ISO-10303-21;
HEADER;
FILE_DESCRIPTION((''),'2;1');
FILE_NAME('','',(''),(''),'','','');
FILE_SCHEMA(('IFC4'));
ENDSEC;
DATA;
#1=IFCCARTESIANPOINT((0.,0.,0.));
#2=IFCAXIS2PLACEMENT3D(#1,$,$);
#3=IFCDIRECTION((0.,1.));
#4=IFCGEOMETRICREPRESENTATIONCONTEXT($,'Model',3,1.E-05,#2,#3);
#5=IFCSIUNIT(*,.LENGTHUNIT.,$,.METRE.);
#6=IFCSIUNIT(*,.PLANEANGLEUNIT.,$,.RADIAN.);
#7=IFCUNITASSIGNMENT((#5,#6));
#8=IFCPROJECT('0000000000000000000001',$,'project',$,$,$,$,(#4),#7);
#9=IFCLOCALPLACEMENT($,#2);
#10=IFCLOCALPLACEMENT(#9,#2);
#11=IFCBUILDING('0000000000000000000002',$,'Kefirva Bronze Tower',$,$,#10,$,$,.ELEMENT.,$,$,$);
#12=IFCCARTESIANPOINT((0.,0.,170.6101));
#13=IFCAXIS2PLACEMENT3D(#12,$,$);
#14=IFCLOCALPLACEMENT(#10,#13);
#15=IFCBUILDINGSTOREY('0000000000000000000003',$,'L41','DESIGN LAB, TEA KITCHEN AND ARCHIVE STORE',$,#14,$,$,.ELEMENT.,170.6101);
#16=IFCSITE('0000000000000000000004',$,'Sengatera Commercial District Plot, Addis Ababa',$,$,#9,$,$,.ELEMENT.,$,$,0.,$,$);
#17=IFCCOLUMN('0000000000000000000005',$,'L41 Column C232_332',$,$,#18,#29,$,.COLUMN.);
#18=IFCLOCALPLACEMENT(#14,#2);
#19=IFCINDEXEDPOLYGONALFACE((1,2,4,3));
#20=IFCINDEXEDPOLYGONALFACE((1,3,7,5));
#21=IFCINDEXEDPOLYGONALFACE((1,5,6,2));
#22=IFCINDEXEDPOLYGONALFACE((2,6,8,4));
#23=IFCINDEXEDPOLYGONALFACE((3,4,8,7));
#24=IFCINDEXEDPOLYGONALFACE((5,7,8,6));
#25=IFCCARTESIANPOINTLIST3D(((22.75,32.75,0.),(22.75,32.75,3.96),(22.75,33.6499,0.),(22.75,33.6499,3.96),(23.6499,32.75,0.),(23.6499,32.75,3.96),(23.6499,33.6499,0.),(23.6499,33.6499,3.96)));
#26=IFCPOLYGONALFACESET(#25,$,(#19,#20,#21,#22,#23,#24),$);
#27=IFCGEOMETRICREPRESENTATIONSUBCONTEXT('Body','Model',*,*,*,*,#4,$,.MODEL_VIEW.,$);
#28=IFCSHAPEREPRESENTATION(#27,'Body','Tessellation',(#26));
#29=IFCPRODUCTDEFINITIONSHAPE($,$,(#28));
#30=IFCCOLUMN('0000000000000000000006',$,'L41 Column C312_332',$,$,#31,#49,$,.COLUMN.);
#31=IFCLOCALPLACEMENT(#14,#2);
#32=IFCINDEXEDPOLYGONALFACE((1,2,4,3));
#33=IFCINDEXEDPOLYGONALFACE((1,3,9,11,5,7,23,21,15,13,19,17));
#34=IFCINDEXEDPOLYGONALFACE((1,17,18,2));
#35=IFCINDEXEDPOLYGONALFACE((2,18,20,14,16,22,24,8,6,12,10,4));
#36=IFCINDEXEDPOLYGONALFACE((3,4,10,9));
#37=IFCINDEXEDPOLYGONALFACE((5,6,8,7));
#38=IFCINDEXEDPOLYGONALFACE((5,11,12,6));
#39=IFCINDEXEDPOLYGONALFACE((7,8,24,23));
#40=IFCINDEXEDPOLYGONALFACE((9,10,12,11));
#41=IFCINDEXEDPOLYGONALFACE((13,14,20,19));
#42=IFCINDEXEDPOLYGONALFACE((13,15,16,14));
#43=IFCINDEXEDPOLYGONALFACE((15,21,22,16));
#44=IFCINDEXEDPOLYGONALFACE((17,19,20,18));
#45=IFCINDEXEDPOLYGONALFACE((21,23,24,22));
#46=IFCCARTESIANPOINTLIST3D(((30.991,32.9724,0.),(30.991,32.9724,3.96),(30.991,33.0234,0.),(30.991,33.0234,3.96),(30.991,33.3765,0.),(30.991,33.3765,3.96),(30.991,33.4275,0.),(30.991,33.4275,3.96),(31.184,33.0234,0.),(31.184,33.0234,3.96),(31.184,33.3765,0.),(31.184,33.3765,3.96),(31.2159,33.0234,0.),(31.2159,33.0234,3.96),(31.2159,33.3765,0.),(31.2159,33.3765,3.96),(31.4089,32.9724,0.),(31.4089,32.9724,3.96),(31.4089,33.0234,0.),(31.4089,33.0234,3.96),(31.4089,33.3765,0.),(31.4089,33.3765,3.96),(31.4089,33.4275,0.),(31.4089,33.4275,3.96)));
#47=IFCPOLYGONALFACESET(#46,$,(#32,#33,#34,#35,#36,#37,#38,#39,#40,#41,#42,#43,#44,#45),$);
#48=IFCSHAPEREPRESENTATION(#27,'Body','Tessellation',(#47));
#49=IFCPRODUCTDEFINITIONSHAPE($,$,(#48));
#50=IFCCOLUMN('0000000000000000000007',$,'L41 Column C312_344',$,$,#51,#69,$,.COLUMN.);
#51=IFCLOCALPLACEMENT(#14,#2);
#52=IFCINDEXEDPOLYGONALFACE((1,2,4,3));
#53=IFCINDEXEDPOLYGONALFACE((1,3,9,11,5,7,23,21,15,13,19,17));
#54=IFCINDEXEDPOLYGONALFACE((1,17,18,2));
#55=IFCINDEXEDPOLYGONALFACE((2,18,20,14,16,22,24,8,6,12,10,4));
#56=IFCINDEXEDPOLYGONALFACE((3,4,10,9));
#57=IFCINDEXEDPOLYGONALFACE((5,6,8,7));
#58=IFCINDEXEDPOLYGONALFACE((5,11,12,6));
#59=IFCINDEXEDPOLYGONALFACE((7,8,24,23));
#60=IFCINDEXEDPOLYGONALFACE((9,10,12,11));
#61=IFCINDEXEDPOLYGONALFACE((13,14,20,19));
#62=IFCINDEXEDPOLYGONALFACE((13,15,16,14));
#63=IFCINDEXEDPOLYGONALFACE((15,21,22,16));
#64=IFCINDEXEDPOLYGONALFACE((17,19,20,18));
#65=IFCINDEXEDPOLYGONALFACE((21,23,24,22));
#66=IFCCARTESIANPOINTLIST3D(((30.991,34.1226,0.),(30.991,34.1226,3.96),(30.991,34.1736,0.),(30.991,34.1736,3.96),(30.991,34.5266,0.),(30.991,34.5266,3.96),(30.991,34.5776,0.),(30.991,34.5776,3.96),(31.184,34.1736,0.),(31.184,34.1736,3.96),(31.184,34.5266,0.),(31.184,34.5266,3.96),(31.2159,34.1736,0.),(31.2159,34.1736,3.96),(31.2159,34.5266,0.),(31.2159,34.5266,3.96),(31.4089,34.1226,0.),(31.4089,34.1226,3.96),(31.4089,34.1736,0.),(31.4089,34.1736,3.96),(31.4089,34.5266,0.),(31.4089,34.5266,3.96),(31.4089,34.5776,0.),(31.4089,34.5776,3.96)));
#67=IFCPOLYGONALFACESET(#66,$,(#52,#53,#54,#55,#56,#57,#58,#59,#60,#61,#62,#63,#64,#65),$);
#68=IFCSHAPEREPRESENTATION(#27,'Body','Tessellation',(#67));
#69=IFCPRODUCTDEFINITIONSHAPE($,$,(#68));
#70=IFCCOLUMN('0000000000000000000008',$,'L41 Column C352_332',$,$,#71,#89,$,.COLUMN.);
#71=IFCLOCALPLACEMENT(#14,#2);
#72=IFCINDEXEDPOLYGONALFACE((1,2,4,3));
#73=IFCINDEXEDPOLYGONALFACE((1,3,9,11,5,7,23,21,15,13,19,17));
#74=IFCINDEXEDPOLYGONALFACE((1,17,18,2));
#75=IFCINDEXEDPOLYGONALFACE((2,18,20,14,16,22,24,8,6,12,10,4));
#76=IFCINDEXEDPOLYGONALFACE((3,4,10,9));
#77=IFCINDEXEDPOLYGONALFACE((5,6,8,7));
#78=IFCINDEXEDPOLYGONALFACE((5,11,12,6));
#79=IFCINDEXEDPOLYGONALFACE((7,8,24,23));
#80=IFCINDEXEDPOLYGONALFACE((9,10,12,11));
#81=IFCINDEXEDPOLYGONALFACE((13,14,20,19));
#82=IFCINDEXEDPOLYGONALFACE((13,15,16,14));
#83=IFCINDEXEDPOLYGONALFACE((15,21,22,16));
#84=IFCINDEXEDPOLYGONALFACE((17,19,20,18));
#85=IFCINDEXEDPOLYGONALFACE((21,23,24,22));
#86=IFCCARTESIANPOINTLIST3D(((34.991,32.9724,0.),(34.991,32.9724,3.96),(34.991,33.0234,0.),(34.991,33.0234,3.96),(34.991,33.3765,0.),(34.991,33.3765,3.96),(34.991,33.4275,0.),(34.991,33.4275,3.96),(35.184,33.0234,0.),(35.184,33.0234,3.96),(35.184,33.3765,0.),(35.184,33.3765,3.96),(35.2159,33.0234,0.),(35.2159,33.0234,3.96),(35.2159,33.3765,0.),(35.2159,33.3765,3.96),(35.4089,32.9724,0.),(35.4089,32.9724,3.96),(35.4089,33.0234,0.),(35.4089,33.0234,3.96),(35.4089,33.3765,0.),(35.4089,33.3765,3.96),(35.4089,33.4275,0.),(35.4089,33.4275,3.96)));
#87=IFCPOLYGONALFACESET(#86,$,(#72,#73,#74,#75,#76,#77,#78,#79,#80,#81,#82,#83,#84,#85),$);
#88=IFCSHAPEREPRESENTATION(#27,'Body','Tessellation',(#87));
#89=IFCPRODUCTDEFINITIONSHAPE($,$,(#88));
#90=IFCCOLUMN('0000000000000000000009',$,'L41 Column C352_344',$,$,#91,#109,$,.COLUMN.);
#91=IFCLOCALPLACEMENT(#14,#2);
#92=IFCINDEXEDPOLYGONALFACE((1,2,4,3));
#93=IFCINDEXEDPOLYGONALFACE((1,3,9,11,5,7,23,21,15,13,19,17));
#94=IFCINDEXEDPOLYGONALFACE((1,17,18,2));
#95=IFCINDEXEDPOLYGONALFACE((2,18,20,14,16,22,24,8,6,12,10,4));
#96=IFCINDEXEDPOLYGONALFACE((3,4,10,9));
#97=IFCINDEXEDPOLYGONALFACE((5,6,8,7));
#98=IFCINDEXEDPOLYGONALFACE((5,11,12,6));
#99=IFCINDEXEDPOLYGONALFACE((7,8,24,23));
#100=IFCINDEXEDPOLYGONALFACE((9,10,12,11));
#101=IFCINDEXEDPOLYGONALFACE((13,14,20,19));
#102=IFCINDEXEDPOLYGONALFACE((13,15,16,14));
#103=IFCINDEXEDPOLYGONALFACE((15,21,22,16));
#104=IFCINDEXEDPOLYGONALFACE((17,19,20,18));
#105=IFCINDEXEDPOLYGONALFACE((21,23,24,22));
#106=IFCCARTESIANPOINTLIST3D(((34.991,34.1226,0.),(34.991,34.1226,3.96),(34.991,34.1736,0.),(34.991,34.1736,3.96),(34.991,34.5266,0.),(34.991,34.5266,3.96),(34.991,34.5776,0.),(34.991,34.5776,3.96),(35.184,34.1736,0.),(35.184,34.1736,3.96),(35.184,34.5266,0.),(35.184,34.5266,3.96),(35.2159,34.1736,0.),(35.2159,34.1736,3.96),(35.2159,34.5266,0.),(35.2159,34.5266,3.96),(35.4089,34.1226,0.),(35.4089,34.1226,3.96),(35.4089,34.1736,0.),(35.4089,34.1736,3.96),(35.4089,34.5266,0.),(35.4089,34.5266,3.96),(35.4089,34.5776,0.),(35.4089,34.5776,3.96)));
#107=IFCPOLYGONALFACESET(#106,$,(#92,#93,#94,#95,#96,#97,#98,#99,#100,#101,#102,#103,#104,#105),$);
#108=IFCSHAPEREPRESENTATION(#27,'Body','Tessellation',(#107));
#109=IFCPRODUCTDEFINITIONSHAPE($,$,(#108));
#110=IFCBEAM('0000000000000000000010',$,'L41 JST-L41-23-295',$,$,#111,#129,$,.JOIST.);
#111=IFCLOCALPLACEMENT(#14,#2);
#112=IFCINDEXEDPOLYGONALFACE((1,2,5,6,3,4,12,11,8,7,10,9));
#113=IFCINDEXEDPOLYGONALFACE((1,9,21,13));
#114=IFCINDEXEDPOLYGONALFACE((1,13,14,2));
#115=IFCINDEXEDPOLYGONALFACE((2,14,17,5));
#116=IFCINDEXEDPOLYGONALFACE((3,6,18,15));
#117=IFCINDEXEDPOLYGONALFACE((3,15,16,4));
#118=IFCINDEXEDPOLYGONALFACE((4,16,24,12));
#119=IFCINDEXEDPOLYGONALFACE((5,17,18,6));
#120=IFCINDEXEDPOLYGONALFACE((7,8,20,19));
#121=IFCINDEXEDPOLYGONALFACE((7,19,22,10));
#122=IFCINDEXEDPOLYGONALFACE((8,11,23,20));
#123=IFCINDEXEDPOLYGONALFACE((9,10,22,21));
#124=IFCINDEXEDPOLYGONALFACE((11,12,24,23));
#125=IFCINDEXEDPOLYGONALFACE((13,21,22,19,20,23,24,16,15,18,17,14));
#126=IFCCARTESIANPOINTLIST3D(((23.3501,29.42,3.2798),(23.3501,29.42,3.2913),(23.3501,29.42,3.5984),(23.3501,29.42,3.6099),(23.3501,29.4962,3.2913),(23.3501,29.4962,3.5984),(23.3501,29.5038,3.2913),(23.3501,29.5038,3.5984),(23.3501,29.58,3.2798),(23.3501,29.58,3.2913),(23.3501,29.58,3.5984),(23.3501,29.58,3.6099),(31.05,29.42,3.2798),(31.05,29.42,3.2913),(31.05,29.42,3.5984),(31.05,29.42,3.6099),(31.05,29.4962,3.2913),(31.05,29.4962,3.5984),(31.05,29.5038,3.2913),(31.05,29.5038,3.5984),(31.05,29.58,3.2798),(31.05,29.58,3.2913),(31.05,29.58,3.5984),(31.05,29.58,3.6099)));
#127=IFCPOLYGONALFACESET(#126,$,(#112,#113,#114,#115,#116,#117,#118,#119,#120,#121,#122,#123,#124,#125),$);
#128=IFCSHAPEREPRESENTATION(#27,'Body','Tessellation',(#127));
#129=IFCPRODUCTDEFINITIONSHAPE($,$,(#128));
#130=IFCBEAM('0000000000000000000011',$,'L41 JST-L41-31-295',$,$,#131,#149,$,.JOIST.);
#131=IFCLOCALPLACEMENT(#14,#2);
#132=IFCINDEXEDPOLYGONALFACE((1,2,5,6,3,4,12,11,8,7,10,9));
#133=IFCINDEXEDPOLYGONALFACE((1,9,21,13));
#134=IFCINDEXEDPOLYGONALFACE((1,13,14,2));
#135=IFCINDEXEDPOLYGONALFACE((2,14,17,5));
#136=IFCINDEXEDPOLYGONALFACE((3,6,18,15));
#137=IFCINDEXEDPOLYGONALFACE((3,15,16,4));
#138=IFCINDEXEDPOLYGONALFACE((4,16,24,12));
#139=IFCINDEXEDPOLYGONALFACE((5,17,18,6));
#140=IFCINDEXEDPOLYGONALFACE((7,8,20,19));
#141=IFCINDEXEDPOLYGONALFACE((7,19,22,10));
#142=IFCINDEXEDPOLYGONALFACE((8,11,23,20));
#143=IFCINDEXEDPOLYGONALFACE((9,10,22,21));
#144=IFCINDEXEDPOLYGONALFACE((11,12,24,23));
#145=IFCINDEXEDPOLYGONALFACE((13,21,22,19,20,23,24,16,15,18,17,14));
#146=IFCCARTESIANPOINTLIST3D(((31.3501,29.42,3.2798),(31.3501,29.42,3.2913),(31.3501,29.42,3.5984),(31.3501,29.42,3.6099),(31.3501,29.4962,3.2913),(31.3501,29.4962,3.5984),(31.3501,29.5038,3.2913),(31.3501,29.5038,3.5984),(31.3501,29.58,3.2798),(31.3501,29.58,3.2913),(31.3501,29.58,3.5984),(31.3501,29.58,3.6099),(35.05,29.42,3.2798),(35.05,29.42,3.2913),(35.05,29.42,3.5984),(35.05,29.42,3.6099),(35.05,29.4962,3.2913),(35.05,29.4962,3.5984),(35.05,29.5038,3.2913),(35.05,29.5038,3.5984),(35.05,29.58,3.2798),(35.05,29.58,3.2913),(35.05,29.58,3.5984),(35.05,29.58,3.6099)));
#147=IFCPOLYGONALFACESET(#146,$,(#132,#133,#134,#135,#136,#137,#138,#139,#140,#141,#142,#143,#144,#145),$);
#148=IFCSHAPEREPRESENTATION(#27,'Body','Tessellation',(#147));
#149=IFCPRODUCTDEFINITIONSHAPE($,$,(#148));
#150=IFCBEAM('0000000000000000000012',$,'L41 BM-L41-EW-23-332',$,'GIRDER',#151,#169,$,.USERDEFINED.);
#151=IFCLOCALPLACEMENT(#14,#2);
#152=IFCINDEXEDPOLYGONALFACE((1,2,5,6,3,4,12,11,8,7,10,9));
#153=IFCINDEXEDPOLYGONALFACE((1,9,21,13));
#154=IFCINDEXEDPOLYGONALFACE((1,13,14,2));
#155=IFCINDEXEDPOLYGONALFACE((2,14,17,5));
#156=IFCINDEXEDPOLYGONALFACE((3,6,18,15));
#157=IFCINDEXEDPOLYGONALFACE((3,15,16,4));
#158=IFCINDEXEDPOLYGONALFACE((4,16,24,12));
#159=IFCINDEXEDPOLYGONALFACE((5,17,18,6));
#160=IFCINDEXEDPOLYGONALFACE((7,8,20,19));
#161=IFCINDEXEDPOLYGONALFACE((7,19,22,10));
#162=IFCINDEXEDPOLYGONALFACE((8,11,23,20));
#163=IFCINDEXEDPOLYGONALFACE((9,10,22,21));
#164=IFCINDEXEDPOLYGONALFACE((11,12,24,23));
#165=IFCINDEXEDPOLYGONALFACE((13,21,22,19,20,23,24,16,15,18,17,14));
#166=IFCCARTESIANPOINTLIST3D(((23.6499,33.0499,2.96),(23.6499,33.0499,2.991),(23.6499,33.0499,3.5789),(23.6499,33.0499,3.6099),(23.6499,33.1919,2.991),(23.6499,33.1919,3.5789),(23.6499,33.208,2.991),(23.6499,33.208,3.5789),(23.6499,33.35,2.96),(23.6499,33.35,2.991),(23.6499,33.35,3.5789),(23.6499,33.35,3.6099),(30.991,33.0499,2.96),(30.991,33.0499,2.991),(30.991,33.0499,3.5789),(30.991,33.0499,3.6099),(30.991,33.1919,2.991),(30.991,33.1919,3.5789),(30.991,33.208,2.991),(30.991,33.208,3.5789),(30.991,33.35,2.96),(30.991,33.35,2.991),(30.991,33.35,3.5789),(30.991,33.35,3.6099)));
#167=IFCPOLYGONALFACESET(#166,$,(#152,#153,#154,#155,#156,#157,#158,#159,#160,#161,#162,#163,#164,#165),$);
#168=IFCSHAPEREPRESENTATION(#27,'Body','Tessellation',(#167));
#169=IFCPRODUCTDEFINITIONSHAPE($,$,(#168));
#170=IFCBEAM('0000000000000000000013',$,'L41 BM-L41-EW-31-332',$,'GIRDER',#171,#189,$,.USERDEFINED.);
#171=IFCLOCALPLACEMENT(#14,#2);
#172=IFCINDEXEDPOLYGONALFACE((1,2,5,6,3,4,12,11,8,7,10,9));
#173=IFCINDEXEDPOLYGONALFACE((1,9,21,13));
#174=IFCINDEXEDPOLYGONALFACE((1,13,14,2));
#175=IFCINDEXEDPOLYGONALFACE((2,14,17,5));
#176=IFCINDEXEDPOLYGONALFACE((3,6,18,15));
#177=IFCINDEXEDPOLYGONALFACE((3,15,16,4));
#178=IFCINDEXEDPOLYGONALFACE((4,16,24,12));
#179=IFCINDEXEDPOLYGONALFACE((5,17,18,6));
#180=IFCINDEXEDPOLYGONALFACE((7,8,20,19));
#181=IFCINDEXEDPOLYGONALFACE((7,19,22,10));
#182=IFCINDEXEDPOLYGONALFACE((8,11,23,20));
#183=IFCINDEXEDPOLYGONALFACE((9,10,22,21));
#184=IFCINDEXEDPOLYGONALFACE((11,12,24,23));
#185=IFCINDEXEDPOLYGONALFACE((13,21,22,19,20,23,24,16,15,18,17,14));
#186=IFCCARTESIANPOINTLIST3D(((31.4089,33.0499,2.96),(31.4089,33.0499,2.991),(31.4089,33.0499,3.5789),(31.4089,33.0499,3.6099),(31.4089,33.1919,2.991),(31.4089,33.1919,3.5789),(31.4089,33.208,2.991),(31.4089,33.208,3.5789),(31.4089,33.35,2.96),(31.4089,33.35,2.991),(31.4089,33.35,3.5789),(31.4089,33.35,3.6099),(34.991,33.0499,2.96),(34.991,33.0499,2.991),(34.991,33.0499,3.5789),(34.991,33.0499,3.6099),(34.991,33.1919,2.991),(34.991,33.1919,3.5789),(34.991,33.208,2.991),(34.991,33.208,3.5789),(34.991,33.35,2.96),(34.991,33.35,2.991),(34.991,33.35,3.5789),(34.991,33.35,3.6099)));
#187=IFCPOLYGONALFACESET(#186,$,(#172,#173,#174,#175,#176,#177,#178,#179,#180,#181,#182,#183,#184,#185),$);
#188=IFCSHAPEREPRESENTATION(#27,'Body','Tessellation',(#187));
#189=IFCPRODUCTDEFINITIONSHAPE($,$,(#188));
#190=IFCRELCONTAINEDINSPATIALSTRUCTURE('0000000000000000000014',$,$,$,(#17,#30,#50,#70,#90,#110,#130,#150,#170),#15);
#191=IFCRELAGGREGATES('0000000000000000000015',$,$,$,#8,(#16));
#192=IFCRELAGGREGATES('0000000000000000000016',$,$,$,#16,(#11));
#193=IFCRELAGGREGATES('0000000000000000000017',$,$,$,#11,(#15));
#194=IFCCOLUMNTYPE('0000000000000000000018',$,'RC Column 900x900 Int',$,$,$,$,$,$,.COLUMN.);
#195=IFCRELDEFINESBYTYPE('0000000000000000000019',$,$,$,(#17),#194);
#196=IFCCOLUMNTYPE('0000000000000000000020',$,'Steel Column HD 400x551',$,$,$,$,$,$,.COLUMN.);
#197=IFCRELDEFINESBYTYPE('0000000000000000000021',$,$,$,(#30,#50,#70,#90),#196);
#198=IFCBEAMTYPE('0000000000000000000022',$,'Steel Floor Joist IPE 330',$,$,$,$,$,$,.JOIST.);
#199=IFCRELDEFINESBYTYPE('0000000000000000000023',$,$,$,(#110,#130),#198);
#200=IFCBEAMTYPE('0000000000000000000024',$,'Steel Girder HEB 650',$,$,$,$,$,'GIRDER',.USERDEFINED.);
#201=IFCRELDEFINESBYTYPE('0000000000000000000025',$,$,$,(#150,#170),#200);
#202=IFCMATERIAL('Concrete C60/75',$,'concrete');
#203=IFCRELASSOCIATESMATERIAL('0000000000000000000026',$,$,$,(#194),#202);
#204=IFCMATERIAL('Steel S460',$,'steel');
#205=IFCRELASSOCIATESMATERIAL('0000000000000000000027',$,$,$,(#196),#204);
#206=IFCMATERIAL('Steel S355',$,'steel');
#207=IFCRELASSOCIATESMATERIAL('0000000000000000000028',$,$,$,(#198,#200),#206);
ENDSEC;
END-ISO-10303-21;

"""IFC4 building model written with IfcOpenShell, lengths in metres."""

from ifc_helpers import new_model, si_unit, direction, frame, origin, origin_2d, place, context, subcontext, project, spatial, rectangle, i_section, extrude, material, material_profile, profile_set, type_object, element, save


model = new_model("IFC4")

# Units and contexts
model_context = context("Model", 3, precision=1e-05, world=origin(), true_north=direction((0.0, 1.0)))
body_context = subcontext(model_context, "Body", "Model", "MODEL_VIEW")
ifc_project = project(units=[si_unit("LENGTHUNIT", "METRE"), si_unit("PLANEANGLEUNIT", "RADIAN")], contexts=[model_context])

# Site, building, storey
site_placement = place(None, origin())
site = spatial("IfcSite", under=ifc_project, at=site_placement, Name="Sengatera Commercial District Plot, Addis Ababa", CompositionType="ELEMENT", RefElevation=0.0)
building_placement = place(site_placement, origin())
building = spatial("IfcBuilding", under=site, at=building_placement, Name="Kefirva Bronze Tower", CompositionType="ELEMENT")
storey_placement = place(building_placement, frame((0.0, 0.0, 170.6101)))
storey = spatial("IfcBuildingStorey", under=building, at=storey_placement, Name="L41", Description="DESIGN LAB, TEA KITCHEN AND ARCHIVE STORE", CompositionType="ELEMENT", Elevation=170.6101)

# Columns
ifc_material_1 = material(Name="Concrete C60/75", Category="concrete")
ifc_material_profile_1 = material_profile(ifc_material_1, rectangle(XDim=0.8999, YDim=0.8999, at=origin_2d()), Name="RC 900x900")
ifc_profile_set_1 = profile_set([ifc_material_profile_1], Name="Concrete C60/75")
column_type_1 = type_object("IfcColumnType", Name="RC Column 900x900 Int", PredefinedType="COLUMN", material=ifc_profile_set_1)
column_placement = place(storey_placement, frame((23.2, 33.2, 0.0), z_axis=(0.0, 0.0, 1.0), x_axis=(1.0, 0.0, 0.0)))
element("IfcColumn", 1, at=column_placement, inside=storey, type_object=column_type_1, Name="L41 Column C232_332", PredefinedType="COLUMN", context=body_context, shape_type="SweptSolid", body=[
    extrude(rectangle(XDim=0.8999, YDim=0.8999, at=origin_2d()), origin(), (0.0, 0.0, 1.0), 3.96),
])
ifc_material_2 = material(Name="Steel S460", Category="steel")
ifc_material_profile_2 = material_profile(ifc_material_2, i_section(OverallWidth=0.418, OverallDepth=0.4551, WebThickness=0.032, FlangeThickness=0.051, at=origin_2d()), Name="HD 400x551")
ifc_profile_set_2 = profile_set([ifc_material_profile_2], Name="Steel S460")
column_type_2 = type_object("IfcColumnType", Name="Steel Column HD 400x551", PredefinedType="COLUMN", material=ifc_profile_set_2)
for number, where, z_axis, x_axis, name in (
    (2, (31.2, 33.2, 0.0), (0.0, 0.0, 1.0), (1.0, 0.0, 0.0), "L41 Column C312_332"),
    (3, (31.2, 34.3501, 0.0), (0.0, 0.0, 1.0), (1.0, 0.0, 0.0), "L41 Column C312_344"),
    (4, (35.2, 33.2, 0.0), (0.0, 0.0, 1.0), (1.0, 0.0, 0.0), "L41 Column C352_332"),
    (5, (35.2, 34.3501, 0.0), (0.0, 0.0, 1.0), (1.0, 0.0, 0.0), "L41 Column C352_344"),
):
    element("IfcColumn", number, at=place(storey_placement, frame(where, z_axis=z_axis, x_axis=x_axis)), inside=storey, type_object=column_type_2, Name=name, PredefinedType="COLUMN", context=body_context, shape_type="SweptSolid", body=[
        extrude(i_section(OverallWidth=0.418, OverallDepth=0.4551, WebThickness=0.032, FlangeThickness=0.051, at=origin_2d()), origin(), (0.0, 0.0, 1.0), 3.96),
    ])

# Beams
ifc_material_3 = material(Name="Steel S355", Category="steel")
ifc_material_profile_3 = material_profile(ifc_material_3, i_section(OverallWidth=0.1599, OverallDepth=0.3301, WebThickness=0.0076, FlangeThickness=0.0115, at=origin_2d()), Name="IPE 330")
ifc_profile_set_3 = profile_set([ifc_material_profile_3], Name="Steel S355")
beam_type_1 = type_object("IfcBeamType", Name="Steel Floor Joist IPE 330", PredefinedType="JOIST", material=ifc_profile_set_3)
beam_1_placement = place(storey_placement, frame((23.3501, 29.5, 3.4448), z_axis=(1.0, 0.0, 0.0), x_axis=(0.0, 1.0, 0.0)))
element("IfcBeam", 6, at=beam_1_placement, inside=storey, type_object=beam_type_1, Name="L41 JST-L41-23-295", PredefinedType="JOIST", context=body_context, shape_type="SweptSolid", body=[
    extrude(i_section(OverallWidth=0.1599, OverallDepth=0.3301, WebThickness=0.0076, FlangeThickness=0.0115, at=origin_2d()), origin(), (0.0, 0.0, 1.0), 7.7),
])
beam_2_placement = place(storey_placement, frame((31.3501, 29.5, 3.4448), z_axis=(1.0, 0.0, 0.0), x_axis=(0.0, 1.0, 0.0)))
element("IfcBeam", 7, at=beam_2_placement, inside=storey, type_object=beam_type_1, Name="L41 JST-L41-31-295", PredefinedType="JOIST", context=body_context, shape_type="SweptSolid", body=[
    extrude(i_section(OverallWidth=0.1599, OverallDepth=0.3301, WebThickness=0.0076, FlangeThickness=0.0115, at=origin_2d()), origin(), (0.0, 0.0, 1.0), 3.7),
])
ifc_material_profile_4 = material_profile(ifc_material_3, i_section(OverallWidth=0.3, OverallDepth=0.6499, WebThickness=0.0161, FlangeThickness=0.031, at=origin_2d()), Name="HEB 650")
ifc_profile_set_4 = profile_set([ifc_material_profile_4], Name="Steel S355")
beam_type_2 = type_object("IfcBeamType", Name="Steel Girder HEB 650", ElementType="GIRDER", PredefinedType="USERDEFINED", material=ifc_profile_set_4)
beam_3_placement = place(storey_placement, frame((23.6499, 33.2, 3.2849), z_axis=(1.0, 0.0, 0.0), x_axis=(0.0, 1.0, 0.0)))
element("IfcBeam", 8, at=beam_3_placement, inside=storey, type_object=beam_type_2, Name="L41 BM-L41-EW-23-332", ObjectType="GIRDER", PredefinedType="USERDEFINED", context=body_context, shape_type="SweptSolid", body=[
    extrude(i_section(OverallWidth=0.3, OverallDepth=0.6499, WebThickness=0.0161, FlangeThickness=0.031, at=origin_2d()), origin(), (0.0, 0.0, 1.0), 7.3411),
])
for number, where, z_axis, x_axis, name in (
    (9, (31.4089, 33.2, 3.2849), (1.0, 0.0, 0.0), (0.0, 1.0, 0.0), "L41 BM-L41-EW-31-332"),
):
    element("IfcBeam", number, at=place(storey_placement, frame(where, z_axis=z_axis, x_axis=x_axis)), inside=storey, type_object=beam_type_2, Name=name, ObjectType="GIRDER", PredefinedType="USERDEFINED", context=body_context, shape_type="SweptSolid", body=[
        extrude(i_section(OverallWidth=0.3, OverallDepth=0.6499, WebThickness=0.0161, FlangeThickness=0.031, at=origin_2d()), origin(), (0.0, 0.0, 1.0), 3.582),
    ])

save(model, "model.ifc")
